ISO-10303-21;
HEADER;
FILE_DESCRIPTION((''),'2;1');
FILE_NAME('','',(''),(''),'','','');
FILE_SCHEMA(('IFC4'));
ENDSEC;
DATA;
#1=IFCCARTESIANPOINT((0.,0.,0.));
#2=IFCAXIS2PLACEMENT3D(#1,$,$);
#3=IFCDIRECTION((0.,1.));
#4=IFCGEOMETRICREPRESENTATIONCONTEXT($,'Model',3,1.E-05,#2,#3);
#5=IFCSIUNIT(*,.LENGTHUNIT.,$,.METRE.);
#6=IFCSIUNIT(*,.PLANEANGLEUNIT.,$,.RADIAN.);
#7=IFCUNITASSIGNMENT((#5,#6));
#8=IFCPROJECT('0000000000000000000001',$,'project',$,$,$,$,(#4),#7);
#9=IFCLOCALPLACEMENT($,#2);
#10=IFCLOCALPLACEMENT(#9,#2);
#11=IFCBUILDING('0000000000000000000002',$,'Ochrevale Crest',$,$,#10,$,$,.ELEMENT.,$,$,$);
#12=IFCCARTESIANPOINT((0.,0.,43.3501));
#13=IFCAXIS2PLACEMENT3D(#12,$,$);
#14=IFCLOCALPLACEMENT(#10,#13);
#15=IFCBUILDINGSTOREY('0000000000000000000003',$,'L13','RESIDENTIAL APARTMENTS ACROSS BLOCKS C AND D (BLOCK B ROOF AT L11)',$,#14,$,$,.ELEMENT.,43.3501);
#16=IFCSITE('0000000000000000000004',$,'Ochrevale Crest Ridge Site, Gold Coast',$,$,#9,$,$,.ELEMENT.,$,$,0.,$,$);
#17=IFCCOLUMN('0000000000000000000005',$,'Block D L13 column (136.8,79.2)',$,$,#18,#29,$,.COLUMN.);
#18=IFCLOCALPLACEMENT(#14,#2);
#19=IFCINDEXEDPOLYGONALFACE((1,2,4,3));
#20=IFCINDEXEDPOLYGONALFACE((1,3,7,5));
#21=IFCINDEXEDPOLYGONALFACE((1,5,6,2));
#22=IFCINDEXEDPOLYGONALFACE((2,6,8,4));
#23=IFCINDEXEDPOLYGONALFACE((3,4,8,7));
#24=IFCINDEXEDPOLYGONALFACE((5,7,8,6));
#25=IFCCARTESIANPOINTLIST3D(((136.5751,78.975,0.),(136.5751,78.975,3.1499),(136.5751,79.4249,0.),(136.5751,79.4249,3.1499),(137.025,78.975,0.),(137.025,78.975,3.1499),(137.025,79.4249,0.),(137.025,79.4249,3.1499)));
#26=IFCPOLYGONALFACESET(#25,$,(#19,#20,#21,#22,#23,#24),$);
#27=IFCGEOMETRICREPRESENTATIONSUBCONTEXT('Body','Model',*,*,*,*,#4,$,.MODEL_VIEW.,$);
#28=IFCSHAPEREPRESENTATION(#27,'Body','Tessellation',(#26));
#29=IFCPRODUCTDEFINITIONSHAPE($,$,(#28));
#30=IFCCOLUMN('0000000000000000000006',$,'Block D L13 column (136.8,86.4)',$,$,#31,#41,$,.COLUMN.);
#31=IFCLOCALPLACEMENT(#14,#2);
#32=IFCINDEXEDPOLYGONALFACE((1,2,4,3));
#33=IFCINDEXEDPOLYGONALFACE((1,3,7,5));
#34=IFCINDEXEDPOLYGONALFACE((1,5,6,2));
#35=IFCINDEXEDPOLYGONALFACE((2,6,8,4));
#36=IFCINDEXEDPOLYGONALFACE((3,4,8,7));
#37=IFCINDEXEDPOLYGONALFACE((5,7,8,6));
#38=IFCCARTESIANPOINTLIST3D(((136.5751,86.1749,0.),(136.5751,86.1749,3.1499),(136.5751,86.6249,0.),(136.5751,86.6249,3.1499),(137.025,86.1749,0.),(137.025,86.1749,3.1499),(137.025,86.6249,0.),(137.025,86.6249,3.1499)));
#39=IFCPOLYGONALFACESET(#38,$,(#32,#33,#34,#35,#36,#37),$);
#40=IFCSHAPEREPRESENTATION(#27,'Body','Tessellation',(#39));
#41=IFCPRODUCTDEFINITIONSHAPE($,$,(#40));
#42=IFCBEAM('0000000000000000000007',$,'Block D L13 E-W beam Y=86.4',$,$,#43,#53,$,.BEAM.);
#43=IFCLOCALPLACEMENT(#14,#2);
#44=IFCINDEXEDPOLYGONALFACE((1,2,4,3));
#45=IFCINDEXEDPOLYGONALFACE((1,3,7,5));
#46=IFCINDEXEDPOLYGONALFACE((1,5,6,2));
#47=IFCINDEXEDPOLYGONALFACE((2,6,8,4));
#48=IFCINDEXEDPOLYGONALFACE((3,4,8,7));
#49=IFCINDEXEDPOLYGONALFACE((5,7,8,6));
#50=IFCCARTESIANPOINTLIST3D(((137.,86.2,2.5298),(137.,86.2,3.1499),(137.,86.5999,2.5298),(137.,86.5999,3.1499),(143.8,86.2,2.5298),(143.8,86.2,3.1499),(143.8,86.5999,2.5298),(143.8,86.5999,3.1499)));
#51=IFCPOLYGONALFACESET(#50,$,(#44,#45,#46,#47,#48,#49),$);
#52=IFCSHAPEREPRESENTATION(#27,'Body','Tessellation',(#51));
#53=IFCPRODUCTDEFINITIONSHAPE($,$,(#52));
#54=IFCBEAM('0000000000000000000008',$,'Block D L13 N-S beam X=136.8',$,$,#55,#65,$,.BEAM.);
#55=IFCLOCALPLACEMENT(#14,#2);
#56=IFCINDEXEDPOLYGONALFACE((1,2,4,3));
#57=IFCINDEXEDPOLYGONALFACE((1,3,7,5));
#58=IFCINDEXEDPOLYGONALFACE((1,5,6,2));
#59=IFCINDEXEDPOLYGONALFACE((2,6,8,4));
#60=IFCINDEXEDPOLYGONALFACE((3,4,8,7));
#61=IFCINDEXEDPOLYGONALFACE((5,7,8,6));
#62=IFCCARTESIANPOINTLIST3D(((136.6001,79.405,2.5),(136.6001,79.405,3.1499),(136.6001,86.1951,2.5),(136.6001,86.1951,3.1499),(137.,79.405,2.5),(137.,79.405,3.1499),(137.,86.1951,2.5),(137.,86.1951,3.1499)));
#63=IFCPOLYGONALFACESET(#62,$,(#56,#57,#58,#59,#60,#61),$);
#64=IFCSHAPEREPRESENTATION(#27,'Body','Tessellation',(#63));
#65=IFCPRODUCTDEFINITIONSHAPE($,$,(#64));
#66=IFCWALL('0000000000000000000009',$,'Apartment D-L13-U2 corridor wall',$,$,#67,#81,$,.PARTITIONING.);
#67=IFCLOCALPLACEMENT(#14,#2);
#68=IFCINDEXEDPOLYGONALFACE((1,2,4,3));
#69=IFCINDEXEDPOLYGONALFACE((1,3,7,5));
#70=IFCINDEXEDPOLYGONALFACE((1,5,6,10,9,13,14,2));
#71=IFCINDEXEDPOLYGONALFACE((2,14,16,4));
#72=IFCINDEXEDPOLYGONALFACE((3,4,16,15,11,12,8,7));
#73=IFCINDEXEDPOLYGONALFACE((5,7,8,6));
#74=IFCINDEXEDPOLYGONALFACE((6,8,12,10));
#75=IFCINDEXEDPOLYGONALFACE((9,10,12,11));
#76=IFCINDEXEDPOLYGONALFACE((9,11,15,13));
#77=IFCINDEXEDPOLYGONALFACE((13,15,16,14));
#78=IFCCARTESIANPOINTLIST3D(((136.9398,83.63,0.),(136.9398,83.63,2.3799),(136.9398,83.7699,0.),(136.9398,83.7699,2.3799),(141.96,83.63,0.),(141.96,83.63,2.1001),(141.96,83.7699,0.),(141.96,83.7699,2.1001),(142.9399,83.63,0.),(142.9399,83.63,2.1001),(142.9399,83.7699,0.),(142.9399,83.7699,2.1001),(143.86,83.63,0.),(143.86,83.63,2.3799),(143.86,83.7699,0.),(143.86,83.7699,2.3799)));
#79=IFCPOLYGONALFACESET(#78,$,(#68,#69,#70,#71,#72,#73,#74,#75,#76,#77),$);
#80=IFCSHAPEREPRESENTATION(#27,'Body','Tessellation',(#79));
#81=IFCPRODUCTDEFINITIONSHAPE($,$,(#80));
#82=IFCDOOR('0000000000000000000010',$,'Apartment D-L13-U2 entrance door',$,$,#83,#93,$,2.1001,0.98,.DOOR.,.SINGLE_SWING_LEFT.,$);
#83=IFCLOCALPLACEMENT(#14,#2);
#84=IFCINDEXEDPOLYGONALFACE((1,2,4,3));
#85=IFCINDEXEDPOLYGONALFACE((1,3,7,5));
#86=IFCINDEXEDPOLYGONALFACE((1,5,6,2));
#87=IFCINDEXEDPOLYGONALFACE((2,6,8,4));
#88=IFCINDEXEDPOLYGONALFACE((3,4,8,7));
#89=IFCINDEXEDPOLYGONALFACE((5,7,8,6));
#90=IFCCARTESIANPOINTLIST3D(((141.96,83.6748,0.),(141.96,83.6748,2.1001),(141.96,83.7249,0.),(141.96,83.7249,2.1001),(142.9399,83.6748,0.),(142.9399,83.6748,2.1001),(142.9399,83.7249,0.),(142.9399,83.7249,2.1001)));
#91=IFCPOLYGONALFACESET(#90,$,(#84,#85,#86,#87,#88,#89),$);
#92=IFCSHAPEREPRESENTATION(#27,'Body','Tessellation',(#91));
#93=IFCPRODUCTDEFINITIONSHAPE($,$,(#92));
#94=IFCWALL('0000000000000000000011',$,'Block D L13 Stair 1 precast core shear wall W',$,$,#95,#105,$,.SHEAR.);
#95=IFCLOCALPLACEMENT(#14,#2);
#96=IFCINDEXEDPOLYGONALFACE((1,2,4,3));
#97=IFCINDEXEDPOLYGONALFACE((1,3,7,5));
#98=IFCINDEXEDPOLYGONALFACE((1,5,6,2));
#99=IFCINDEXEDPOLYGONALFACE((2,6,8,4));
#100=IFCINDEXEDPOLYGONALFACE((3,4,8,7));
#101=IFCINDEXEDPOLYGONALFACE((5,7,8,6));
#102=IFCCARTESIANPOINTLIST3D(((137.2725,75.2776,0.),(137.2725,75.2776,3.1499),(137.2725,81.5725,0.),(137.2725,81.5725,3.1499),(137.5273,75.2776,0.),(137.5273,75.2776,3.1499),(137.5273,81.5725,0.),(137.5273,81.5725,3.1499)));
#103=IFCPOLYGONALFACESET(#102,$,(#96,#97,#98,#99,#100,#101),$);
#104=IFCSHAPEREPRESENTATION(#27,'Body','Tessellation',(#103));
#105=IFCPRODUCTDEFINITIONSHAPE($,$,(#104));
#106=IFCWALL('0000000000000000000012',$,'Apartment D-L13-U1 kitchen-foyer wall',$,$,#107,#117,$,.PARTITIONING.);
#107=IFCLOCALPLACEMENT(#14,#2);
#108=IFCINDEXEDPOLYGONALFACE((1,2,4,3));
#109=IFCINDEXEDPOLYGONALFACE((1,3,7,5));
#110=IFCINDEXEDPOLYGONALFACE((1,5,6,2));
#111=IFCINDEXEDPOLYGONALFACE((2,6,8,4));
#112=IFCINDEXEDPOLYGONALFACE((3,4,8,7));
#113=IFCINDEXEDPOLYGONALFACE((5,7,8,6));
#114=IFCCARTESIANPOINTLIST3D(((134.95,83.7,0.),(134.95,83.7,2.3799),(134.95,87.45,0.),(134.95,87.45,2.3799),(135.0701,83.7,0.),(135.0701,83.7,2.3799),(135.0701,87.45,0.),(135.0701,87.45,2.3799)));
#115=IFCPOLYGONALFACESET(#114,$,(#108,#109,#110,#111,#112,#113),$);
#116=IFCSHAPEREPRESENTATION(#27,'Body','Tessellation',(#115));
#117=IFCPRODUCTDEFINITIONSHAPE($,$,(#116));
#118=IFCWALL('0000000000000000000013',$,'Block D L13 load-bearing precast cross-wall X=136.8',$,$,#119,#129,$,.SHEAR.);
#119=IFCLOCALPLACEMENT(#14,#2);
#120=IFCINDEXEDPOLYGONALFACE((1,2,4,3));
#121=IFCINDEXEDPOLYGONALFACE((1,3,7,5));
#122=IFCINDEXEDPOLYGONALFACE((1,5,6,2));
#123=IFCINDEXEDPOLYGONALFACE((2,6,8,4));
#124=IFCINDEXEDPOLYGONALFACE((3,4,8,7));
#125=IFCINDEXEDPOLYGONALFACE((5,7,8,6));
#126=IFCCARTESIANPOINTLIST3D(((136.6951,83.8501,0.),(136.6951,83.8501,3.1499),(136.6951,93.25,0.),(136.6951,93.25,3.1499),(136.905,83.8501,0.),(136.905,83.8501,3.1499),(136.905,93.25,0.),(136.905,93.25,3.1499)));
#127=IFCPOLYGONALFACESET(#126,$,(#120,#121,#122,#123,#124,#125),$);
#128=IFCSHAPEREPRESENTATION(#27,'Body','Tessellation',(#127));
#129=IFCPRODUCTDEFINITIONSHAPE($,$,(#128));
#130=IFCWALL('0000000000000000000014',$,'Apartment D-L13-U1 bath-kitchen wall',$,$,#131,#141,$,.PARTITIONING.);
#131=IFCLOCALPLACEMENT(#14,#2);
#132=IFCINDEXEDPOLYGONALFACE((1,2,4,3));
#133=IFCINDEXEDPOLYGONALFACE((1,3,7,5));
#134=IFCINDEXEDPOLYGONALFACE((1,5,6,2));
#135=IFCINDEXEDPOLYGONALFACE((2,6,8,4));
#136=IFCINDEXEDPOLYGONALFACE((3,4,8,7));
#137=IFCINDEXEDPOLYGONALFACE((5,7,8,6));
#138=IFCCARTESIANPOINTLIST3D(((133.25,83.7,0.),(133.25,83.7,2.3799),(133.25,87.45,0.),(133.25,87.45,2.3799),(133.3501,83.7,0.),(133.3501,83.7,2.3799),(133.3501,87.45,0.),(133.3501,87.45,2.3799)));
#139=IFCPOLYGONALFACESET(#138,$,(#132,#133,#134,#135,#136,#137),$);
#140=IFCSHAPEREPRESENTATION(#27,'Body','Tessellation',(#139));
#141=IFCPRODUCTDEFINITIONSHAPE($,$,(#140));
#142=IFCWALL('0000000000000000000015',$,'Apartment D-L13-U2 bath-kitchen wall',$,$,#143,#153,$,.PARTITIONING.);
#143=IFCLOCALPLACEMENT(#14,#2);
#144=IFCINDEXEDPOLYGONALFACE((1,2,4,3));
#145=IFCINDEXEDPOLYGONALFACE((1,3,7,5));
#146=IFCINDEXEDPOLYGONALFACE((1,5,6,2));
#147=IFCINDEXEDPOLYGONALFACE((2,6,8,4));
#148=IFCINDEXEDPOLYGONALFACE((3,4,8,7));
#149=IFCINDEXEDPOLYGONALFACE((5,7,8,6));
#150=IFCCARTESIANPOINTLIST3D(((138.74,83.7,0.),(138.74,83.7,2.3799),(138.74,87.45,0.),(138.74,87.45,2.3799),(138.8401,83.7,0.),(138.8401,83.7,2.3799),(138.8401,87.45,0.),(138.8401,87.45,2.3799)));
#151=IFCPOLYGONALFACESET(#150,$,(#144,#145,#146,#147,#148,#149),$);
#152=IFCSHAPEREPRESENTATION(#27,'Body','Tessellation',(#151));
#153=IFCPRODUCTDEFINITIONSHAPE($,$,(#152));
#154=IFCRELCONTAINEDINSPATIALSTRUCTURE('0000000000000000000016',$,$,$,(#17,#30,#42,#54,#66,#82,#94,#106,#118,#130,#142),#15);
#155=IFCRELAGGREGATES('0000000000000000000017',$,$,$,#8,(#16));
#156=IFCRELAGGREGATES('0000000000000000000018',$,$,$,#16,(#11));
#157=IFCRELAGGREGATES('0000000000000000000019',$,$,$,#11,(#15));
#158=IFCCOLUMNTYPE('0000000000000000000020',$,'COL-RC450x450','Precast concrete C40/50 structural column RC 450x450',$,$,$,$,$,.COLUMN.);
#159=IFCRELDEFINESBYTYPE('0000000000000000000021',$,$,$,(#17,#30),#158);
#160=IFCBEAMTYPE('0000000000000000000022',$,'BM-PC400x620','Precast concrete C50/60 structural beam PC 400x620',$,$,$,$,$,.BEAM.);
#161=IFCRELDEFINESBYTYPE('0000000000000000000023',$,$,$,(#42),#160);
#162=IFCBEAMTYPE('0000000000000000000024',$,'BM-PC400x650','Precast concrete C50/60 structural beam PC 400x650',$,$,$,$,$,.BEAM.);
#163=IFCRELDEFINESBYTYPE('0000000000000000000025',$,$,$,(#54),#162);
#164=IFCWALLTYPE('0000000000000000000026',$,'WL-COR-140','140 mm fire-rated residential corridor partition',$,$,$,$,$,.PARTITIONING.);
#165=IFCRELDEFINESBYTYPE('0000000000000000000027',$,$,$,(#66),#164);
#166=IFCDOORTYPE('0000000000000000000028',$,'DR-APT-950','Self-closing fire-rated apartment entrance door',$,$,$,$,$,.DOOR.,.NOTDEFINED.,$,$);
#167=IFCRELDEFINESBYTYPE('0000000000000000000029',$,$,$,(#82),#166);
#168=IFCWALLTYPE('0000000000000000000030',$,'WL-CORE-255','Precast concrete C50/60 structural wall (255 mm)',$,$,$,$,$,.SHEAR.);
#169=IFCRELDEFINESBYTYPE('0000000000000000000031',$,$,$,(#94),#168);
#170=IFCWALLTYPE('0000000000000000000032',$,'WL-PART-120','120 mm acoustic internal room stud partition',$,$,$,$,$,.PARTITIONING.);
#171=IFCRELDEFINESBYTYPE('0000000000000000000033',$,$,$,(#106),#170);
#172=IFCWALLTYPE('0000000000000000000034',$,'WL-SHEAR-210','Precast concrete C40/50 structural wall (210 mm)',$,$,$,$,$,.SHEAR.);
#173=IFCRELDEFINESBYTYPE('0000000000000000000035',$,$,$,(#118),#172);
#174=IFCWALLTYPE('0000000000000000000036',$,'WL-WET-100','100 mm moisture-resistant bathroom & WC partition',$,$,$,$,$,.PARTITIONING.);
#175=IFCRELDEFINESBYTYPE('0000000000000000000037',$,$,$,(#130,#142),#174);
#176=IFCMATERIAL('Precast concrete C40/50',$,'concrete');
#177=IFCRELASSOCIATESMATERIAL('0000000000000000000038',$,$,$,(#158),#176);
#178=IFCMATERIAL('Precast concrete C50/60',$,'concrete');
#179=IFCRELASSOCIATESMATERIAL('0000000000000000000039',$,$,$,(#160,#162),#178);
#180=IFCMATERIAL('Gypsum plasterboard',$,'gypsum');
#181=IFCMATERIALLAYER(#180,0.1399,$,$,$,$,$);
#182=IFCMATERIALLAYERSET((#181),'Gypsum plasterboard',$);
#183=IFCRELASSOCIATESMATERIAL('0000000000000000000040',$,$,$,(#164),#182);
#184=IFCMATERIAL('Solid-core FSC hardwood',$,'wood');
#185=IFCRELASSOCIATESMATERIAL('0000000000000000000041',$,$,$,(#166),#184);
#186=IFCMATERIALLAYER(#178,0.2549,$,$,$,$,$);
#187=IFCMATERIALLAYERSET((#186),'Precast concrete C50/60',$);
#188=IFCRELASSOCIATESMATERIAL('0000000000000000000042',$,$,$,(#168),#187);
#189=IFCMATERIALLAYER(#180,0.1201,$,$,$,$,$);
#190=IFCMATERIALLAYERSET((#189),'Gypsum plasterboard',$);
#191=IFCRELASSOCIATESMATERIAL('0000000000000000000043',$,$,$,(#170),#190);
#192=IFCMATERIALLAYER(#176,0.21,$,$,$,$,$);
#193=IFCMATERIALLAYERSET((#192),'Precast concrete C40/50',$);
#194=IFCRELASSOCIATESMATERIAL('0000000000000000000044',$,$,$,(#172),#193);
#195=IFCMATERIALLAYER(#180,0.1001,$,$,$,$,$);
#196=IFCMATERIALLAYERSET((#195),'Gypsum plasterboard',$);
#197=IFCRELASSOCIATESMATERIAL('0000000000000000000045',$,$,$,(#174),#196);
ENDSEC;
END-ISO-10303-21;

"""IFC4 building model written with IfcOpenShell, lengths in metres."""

from ifc_helpers import new_model, si_unit, direction, frame, frame_2d, origin, origin_2d, place, context, subcontext, project, spatial, rectangle, extrude, material, layer, layer_set, material_profile, profile_set, type_object, element, fill, save


model = new_model("IFC4")

# Units and contexts
model_context = context("Model", 3, precision=1e-05, world=origin(), true_north=direction((0.0, 1.0)))
body_context = subcontext(model_context, "Body", "Model", "MODEL_VIEW")
ifc_project = project(units=[si_unit("LENGTHUNIT", "METRE"), si_unit("PLANEANGLEUNIT", "RADIAN")], contexts=[model_context])

# Site, building, storey
site_placement = place(None, origin())
site = spatial("IfcSite", under=ifc_project, at=site_placement, Name="Ochrevale Crest Ridge Site, Gold Coast", CompositionType="ELEMENT", RefElevation=0.0)
building_placement = place(site_placement, origin())
building = spatial("IfcBuilding", under=site, at=building_placement, Name="Ochrevale Crest", CompositionType="ELEMENT")
storey_placement = place(building_placement, frame((0.0, 0.0, 43.3501)))
storey = spatial("IfcBuildingStorey", under=building, at=storey_placement, Name="L13", Description="RESIDENTIAL APARTMENTS ACROSS BLOCKS C AND D (BLOCK B ROOF AT L11)", CompositionType="ELEMENT", Elevation=43.3501)

# Columns
ifc_material_1 = material(Name="Precast concrete C40/50", Category="concrete")
ifc_material_profile_1 = material_profile(ifc_material_1, rectangle(XDim=0.45, YDim=0.45, at=origin_2d()), Name="RC 450x450")
ifc_profile_set_1 = profile_set([ifc_material_profile_1], Name="Precast concrete C40/50")
column_type = type_object("IfcColumnType", Name="COL-RC450x450", Description="Precast concrete C40/50 structural column RC 450x450", PredefinedType="COLUMN", material=ifc_profile_set_1)
for number, where, z_axis, x_axis, name in (
    (1, (136.8, 79.2, 0.0), (0.0, 0.0, 1.0), (1.0, 0.0, 0.0), "Block D L13 column (136.8,79.2)"),
    (2, (136.8, 86.3999, 0.0), (0.0, 0.0, 1.0), (1.0, 0.0, 0.0), "Block D L13 column (136.8,86.4)"),
):
    element("IfcColumn", number, at=place(storey_placement, frame(where, z_axis=z_axis, x_axis=x_axis)), inside=storey, type_object=column_type, Name=name, PredefinedType="COLUMN", context=body_context, shape_type="SweptSolid", body=[
        extrude(rectangle(XDim=0.45, YDim=0.45, at=origin_2d()), origin(), (0.0, 0.0, 1.0), 3.1499),
    ])

# Beams
ifc_material_2 = material(Name="Precast concrete C50/60", Category="concrete")
ifc_material_profile_2 = material_profile(ifc_material_2, rectangle(XDim=0.3999, YDim=0.6201, at=origin_2d()), Name="PC 400x620")
ifc_profile_set_2 = profile_set([ifc_material_profile_2], Name="Precast concrete C50/60")
beam_type_1 = type_object("IfcBeamType", Name="BM-PC400x620", Description="Precast concrete C50/60 structural beam PC 400x620", PredefinedType="BEAM", material=ifc_profile_set_2)
beam_1_placement = place(storey_placement, frame((137.0, 86.3999, 2.8398), z_axis=(1.0, 0.0, 0.0), x_axis=(0.0, 1.0, 0.0)))
element("IfcBeam", 3, at=beam_1_placement, inside=storey, type_object=beam_type_1, Name="Block D L13 E-W beam Y=86.4", PredefinedType="BEAM", context=body_context, shape_type="SweptSolid", body=[
    extrude(rectangle(XDim=0.3999, YDim=0.6201, at=origin_2d()), origin(), (0.0, 0.0, 1.0), 6.8),
])
ifc_material_profile_3 = material_profile(ifc_material_2, rectangle(XDim=0.3999, YDim=0.6499, at=origin_2d()), Name="PC 400x650")
ifc_profile_set_3 = profile_set([ifc_material_profile_3], Name="Precast concrete C50/60")
beam_type_2 = type_object("IfcBeamType", Name="BM-PC400x650", Description="Precast concrete C50/60 structural beam PC 400x650", PredefinedType="BEAM", material=ifc_profile_set_3)
beam_2_placement = place(storey_placement, frame((136.8, 79.405, 2.825), z_axis=(0.0, 1.0, 0.0), x_axis=(-1.0, 0.0, 0.0)))
element("IfcBeam", 4, at=beam_2_placement, inside=storey, type_object=beam_type_2, Name="Block D L13 N-S beam X=136.8", PredefinedType="BEAM", context=body_context, shape_type="SweptSolid", body=[
    extrude(rectangle(XDim=0.3999, YDim=0.6499, at=origin_2d()), origin(), (0.0, 0.0, 1.0), 6.79),
])

# Wall, opening, door
ifc_material_3 = material(Name="Gypsum plasterboard", Category="gypsum")
ifc_layer_1 = layer(ifc_material_3, 0.1399)
ifc_layer_set_1 = layer_set([ifc_layer_1], Name="Gypsum plasterboard")
wall_type_1 = type_object("IfcWallType", Name="WL-COR-140", Description="140 mm fire-rated residential corridor partition", PredefinedType="PARTITIONING", material=ifc_layer_set_1)
wall_1_placement = place(storey_placement, frame((136.9399, 83.7, 0.0), z_axis=(0.0, 0.0, 1.0), x_axis=(1.0, 0.0, 0.0)))
wall_1 = element("IfcWall", 5, at=wall_1_placement, inside=storey, type_object=wall_type_1, Name="Apartment D-L13-U2 corridor wall", PredefinedType="PARTITIONING", context=body_context, shape_type="SweptSolid", body=[
    extrude(rectangle(XDim=6.9202, YDim=0.1399, at=frame_2d((3.46, 0.0))), origin(), (0.0, 0.0, 1.0), 2.3799),
])
opening_1_placement = place(wall_1_placement, frame((5.02, 0.0, 0.0)))
opening_1 = element("IfcOpeningElement", 6, at=opening_1_placement, cuts=wall_1, PredefinedType="OPENING", context=body_context, shape_type="SweptSolid", body=[
    extrude(rectangle(XDim=0.98, YDim=2.1001, at=frame_2d((0.49, 1.05))), frame((0.0, 0.0801, 0.0), z_axis=(0.0, -1.0, 0.0), x_axis=(1.0, 0.0, 0.0)), (0.0, 0.0, 1.0), 0.1599),
])
ifc_material_4 = material(Name="Solid-core FSC hardwood", Category="wood")
door_type_1 = type_object("IfcDoorType", Name="DR-APT-950", Description="Self-closing fire-rated apartment entrance door", OperationType="NOTDEFINED", PredefinedType="DOOR", material=ifc_material_4)
door_1_placement = place(opening_1_placement, origin())
door_1 = element("IfcDoor", 7, at=door_1_placement, inside=storey, type_object=door_type_1, Name="Apartment D-L13-U2 entrance door", OperationType="SINGLE_SWING_LEFT", OverallHeight=2.1001, OverallWidth=0.98, PredefinedType="DOOR", context=body_context, shape_type="SweptSolid", body=[
    extrude(rectangle(XDim=0.98, YDim=2.1001, at=frame_2d((0.49, 1.05))), frame((0.0, 0.0249, 0.0), z_axis=(0.0, -1.0, 0.0), x_axis=(1.0, 0.0, 0.0)), (0.0, 0.0, 1.0), 0.05),
])
fill(opening_1, door_1)

# Shared definitions
ifc_layer_2 = layer(ifc_material_2, 0.2549)
ifc_layer_set_2 = layer_set([ifc_layer_2], Name="Precast concrete C50/60")
wall_type_2 = type_object("IfcWallType", Name="WL-CORE-255", Description="Precast concrete C50/60 structural wall (255 mm)", PredefinedType="SHEAR", material=ifc_layer_set_2)

# Walls
wall_2_placement = place(storey_placement, frame((137.3999, 75.2776, 0.0), z_axis=(0.0, 0.0, 1.0), x_axis=(0.0, 1.0, 0.0)))
element("IfcWall", 8, at=wall_2_placement, inside=storey, type_object=wall_type_2, Name="Block D L13 Stair 1 precast core shear wall W", PredefinedType="SHEAR", context=body_context, shape_type="SweptSolid", body=[
    extrude(rectangle(XDim=6.2949, YDim=0.2549, at=frame_2d((3.1475, 0.0))), origin(), (0.0, 0.0, 1.0), 3.1499),
])
ifc_layer_3 = layer(ifc_material_3, 0.1201)
ifc_layer_set_3 = layer_set([ifc_layer_3], Name="Gypsum plasterboard")
wall_type_3 = type_object("IfcWallType", Name="WL-PART-120", Description="120 mm acoustic internal room stud partition", PredefinedType="PARTITIONING", material=ifc_layer_set_3)
wall_3_placement = place(storey_placement, frame((135.01, 83.7, 0.0), z_axis=(0.0, 0.0, 1.0), x_axis=(0.0, 1.0, 0.0)))
element("IfcWall", 9, at=wall_3_placement, inside=storey, type_object=wall_type_3, Name="Apartment D-L13-U1 kitchen-foyer wall", PredefinedType="PARTITIONING", context=body_context, shape_type="SweptSolid", body=[
    extrude(rectangle(XDim=3.75, YDim=0.1201, at=frame_2d((1.875, 0.0))), origin(), (0.0, 0.0, 1.0), 2.3799),
])
ifc_layer_4 = layer(ifc_material_1, 0.21)
ifc_layer_set_4 = layer_set([ifc_layer_4], Name="Precast concrete C40/50")
wall_type_4 = type_object("IfcWallType", Name="WL-SHEAR-210", Description="Precast concrete C40/50 structural wall (210 mm)", PredefinedType="SHEAR", material=ifc_layer_set_4)
wall_4_placement = place(storey_placement, frame((136.8, 83.8501, 0.0), z_axis=(0.0, 0.0, 1.0), x_axis=(0.0, 1.0, 0.0)))
element("IfcWall", 10, at=wall_4_placement, inside=storey, type_object=wall_type_4, Name="Block D L13 load-bearing precast cross-wall X=136.8", PredefinedType="SHEAR", context=body_context, shape_type="SweptSolid", body=[
    extrude(rectangle(XDim=9.3999, YDim=0.21, at=frame_2d((4.7, 0.0))), origin(), (0.0, 0.0, 1.0), 3.1499),
])
ifc_layer_5 = layer(ifc_material_3, 0.1001)
ifc_layer_set_5 = layer_set([ifc_layer_5], Name="Gypsum plasterboard")
wall_type_5 = type_object("IfcWallType", Name="WL-WET-100", Description="100 mm moisture-resistant bathroom & WC partition", PredefinedType="PARTITIONING", material=ifc_layer_set_5)
for number, where, z_axis, x_axis, name in (
    (11, (133.3, 83.7, 0.0), (0.0, 0.0, 1.0), (0.0, 1.0, 0.0), "Apartment D-L13-U1 bath-kitchen wall"),
    (12, (138.79, 83.7, 0.0), (0.0, 0.0, 1.0), (0.0, 1.0, 0.0), "Apartment D-L13-U2 bath-kitchen wall"),
):
    element("IfcWall", number, at=place(storey_placement, frame(where, z_axis=z_axis, x_axis=x_axis)), inside=storey, type_object=wall_type_5, Name=name, PredefinedType="PARTITIONING", context=body_context, shape_type="SweptSolid", body=[
        extrude(rectangle(XDim=3.75, YDim=0.1001, at=frame_2d((1.875, 0.0))), origin(), (0.0, 0.0, 1.0), 2.3799),
    ])

save(model, "model.ifc")
